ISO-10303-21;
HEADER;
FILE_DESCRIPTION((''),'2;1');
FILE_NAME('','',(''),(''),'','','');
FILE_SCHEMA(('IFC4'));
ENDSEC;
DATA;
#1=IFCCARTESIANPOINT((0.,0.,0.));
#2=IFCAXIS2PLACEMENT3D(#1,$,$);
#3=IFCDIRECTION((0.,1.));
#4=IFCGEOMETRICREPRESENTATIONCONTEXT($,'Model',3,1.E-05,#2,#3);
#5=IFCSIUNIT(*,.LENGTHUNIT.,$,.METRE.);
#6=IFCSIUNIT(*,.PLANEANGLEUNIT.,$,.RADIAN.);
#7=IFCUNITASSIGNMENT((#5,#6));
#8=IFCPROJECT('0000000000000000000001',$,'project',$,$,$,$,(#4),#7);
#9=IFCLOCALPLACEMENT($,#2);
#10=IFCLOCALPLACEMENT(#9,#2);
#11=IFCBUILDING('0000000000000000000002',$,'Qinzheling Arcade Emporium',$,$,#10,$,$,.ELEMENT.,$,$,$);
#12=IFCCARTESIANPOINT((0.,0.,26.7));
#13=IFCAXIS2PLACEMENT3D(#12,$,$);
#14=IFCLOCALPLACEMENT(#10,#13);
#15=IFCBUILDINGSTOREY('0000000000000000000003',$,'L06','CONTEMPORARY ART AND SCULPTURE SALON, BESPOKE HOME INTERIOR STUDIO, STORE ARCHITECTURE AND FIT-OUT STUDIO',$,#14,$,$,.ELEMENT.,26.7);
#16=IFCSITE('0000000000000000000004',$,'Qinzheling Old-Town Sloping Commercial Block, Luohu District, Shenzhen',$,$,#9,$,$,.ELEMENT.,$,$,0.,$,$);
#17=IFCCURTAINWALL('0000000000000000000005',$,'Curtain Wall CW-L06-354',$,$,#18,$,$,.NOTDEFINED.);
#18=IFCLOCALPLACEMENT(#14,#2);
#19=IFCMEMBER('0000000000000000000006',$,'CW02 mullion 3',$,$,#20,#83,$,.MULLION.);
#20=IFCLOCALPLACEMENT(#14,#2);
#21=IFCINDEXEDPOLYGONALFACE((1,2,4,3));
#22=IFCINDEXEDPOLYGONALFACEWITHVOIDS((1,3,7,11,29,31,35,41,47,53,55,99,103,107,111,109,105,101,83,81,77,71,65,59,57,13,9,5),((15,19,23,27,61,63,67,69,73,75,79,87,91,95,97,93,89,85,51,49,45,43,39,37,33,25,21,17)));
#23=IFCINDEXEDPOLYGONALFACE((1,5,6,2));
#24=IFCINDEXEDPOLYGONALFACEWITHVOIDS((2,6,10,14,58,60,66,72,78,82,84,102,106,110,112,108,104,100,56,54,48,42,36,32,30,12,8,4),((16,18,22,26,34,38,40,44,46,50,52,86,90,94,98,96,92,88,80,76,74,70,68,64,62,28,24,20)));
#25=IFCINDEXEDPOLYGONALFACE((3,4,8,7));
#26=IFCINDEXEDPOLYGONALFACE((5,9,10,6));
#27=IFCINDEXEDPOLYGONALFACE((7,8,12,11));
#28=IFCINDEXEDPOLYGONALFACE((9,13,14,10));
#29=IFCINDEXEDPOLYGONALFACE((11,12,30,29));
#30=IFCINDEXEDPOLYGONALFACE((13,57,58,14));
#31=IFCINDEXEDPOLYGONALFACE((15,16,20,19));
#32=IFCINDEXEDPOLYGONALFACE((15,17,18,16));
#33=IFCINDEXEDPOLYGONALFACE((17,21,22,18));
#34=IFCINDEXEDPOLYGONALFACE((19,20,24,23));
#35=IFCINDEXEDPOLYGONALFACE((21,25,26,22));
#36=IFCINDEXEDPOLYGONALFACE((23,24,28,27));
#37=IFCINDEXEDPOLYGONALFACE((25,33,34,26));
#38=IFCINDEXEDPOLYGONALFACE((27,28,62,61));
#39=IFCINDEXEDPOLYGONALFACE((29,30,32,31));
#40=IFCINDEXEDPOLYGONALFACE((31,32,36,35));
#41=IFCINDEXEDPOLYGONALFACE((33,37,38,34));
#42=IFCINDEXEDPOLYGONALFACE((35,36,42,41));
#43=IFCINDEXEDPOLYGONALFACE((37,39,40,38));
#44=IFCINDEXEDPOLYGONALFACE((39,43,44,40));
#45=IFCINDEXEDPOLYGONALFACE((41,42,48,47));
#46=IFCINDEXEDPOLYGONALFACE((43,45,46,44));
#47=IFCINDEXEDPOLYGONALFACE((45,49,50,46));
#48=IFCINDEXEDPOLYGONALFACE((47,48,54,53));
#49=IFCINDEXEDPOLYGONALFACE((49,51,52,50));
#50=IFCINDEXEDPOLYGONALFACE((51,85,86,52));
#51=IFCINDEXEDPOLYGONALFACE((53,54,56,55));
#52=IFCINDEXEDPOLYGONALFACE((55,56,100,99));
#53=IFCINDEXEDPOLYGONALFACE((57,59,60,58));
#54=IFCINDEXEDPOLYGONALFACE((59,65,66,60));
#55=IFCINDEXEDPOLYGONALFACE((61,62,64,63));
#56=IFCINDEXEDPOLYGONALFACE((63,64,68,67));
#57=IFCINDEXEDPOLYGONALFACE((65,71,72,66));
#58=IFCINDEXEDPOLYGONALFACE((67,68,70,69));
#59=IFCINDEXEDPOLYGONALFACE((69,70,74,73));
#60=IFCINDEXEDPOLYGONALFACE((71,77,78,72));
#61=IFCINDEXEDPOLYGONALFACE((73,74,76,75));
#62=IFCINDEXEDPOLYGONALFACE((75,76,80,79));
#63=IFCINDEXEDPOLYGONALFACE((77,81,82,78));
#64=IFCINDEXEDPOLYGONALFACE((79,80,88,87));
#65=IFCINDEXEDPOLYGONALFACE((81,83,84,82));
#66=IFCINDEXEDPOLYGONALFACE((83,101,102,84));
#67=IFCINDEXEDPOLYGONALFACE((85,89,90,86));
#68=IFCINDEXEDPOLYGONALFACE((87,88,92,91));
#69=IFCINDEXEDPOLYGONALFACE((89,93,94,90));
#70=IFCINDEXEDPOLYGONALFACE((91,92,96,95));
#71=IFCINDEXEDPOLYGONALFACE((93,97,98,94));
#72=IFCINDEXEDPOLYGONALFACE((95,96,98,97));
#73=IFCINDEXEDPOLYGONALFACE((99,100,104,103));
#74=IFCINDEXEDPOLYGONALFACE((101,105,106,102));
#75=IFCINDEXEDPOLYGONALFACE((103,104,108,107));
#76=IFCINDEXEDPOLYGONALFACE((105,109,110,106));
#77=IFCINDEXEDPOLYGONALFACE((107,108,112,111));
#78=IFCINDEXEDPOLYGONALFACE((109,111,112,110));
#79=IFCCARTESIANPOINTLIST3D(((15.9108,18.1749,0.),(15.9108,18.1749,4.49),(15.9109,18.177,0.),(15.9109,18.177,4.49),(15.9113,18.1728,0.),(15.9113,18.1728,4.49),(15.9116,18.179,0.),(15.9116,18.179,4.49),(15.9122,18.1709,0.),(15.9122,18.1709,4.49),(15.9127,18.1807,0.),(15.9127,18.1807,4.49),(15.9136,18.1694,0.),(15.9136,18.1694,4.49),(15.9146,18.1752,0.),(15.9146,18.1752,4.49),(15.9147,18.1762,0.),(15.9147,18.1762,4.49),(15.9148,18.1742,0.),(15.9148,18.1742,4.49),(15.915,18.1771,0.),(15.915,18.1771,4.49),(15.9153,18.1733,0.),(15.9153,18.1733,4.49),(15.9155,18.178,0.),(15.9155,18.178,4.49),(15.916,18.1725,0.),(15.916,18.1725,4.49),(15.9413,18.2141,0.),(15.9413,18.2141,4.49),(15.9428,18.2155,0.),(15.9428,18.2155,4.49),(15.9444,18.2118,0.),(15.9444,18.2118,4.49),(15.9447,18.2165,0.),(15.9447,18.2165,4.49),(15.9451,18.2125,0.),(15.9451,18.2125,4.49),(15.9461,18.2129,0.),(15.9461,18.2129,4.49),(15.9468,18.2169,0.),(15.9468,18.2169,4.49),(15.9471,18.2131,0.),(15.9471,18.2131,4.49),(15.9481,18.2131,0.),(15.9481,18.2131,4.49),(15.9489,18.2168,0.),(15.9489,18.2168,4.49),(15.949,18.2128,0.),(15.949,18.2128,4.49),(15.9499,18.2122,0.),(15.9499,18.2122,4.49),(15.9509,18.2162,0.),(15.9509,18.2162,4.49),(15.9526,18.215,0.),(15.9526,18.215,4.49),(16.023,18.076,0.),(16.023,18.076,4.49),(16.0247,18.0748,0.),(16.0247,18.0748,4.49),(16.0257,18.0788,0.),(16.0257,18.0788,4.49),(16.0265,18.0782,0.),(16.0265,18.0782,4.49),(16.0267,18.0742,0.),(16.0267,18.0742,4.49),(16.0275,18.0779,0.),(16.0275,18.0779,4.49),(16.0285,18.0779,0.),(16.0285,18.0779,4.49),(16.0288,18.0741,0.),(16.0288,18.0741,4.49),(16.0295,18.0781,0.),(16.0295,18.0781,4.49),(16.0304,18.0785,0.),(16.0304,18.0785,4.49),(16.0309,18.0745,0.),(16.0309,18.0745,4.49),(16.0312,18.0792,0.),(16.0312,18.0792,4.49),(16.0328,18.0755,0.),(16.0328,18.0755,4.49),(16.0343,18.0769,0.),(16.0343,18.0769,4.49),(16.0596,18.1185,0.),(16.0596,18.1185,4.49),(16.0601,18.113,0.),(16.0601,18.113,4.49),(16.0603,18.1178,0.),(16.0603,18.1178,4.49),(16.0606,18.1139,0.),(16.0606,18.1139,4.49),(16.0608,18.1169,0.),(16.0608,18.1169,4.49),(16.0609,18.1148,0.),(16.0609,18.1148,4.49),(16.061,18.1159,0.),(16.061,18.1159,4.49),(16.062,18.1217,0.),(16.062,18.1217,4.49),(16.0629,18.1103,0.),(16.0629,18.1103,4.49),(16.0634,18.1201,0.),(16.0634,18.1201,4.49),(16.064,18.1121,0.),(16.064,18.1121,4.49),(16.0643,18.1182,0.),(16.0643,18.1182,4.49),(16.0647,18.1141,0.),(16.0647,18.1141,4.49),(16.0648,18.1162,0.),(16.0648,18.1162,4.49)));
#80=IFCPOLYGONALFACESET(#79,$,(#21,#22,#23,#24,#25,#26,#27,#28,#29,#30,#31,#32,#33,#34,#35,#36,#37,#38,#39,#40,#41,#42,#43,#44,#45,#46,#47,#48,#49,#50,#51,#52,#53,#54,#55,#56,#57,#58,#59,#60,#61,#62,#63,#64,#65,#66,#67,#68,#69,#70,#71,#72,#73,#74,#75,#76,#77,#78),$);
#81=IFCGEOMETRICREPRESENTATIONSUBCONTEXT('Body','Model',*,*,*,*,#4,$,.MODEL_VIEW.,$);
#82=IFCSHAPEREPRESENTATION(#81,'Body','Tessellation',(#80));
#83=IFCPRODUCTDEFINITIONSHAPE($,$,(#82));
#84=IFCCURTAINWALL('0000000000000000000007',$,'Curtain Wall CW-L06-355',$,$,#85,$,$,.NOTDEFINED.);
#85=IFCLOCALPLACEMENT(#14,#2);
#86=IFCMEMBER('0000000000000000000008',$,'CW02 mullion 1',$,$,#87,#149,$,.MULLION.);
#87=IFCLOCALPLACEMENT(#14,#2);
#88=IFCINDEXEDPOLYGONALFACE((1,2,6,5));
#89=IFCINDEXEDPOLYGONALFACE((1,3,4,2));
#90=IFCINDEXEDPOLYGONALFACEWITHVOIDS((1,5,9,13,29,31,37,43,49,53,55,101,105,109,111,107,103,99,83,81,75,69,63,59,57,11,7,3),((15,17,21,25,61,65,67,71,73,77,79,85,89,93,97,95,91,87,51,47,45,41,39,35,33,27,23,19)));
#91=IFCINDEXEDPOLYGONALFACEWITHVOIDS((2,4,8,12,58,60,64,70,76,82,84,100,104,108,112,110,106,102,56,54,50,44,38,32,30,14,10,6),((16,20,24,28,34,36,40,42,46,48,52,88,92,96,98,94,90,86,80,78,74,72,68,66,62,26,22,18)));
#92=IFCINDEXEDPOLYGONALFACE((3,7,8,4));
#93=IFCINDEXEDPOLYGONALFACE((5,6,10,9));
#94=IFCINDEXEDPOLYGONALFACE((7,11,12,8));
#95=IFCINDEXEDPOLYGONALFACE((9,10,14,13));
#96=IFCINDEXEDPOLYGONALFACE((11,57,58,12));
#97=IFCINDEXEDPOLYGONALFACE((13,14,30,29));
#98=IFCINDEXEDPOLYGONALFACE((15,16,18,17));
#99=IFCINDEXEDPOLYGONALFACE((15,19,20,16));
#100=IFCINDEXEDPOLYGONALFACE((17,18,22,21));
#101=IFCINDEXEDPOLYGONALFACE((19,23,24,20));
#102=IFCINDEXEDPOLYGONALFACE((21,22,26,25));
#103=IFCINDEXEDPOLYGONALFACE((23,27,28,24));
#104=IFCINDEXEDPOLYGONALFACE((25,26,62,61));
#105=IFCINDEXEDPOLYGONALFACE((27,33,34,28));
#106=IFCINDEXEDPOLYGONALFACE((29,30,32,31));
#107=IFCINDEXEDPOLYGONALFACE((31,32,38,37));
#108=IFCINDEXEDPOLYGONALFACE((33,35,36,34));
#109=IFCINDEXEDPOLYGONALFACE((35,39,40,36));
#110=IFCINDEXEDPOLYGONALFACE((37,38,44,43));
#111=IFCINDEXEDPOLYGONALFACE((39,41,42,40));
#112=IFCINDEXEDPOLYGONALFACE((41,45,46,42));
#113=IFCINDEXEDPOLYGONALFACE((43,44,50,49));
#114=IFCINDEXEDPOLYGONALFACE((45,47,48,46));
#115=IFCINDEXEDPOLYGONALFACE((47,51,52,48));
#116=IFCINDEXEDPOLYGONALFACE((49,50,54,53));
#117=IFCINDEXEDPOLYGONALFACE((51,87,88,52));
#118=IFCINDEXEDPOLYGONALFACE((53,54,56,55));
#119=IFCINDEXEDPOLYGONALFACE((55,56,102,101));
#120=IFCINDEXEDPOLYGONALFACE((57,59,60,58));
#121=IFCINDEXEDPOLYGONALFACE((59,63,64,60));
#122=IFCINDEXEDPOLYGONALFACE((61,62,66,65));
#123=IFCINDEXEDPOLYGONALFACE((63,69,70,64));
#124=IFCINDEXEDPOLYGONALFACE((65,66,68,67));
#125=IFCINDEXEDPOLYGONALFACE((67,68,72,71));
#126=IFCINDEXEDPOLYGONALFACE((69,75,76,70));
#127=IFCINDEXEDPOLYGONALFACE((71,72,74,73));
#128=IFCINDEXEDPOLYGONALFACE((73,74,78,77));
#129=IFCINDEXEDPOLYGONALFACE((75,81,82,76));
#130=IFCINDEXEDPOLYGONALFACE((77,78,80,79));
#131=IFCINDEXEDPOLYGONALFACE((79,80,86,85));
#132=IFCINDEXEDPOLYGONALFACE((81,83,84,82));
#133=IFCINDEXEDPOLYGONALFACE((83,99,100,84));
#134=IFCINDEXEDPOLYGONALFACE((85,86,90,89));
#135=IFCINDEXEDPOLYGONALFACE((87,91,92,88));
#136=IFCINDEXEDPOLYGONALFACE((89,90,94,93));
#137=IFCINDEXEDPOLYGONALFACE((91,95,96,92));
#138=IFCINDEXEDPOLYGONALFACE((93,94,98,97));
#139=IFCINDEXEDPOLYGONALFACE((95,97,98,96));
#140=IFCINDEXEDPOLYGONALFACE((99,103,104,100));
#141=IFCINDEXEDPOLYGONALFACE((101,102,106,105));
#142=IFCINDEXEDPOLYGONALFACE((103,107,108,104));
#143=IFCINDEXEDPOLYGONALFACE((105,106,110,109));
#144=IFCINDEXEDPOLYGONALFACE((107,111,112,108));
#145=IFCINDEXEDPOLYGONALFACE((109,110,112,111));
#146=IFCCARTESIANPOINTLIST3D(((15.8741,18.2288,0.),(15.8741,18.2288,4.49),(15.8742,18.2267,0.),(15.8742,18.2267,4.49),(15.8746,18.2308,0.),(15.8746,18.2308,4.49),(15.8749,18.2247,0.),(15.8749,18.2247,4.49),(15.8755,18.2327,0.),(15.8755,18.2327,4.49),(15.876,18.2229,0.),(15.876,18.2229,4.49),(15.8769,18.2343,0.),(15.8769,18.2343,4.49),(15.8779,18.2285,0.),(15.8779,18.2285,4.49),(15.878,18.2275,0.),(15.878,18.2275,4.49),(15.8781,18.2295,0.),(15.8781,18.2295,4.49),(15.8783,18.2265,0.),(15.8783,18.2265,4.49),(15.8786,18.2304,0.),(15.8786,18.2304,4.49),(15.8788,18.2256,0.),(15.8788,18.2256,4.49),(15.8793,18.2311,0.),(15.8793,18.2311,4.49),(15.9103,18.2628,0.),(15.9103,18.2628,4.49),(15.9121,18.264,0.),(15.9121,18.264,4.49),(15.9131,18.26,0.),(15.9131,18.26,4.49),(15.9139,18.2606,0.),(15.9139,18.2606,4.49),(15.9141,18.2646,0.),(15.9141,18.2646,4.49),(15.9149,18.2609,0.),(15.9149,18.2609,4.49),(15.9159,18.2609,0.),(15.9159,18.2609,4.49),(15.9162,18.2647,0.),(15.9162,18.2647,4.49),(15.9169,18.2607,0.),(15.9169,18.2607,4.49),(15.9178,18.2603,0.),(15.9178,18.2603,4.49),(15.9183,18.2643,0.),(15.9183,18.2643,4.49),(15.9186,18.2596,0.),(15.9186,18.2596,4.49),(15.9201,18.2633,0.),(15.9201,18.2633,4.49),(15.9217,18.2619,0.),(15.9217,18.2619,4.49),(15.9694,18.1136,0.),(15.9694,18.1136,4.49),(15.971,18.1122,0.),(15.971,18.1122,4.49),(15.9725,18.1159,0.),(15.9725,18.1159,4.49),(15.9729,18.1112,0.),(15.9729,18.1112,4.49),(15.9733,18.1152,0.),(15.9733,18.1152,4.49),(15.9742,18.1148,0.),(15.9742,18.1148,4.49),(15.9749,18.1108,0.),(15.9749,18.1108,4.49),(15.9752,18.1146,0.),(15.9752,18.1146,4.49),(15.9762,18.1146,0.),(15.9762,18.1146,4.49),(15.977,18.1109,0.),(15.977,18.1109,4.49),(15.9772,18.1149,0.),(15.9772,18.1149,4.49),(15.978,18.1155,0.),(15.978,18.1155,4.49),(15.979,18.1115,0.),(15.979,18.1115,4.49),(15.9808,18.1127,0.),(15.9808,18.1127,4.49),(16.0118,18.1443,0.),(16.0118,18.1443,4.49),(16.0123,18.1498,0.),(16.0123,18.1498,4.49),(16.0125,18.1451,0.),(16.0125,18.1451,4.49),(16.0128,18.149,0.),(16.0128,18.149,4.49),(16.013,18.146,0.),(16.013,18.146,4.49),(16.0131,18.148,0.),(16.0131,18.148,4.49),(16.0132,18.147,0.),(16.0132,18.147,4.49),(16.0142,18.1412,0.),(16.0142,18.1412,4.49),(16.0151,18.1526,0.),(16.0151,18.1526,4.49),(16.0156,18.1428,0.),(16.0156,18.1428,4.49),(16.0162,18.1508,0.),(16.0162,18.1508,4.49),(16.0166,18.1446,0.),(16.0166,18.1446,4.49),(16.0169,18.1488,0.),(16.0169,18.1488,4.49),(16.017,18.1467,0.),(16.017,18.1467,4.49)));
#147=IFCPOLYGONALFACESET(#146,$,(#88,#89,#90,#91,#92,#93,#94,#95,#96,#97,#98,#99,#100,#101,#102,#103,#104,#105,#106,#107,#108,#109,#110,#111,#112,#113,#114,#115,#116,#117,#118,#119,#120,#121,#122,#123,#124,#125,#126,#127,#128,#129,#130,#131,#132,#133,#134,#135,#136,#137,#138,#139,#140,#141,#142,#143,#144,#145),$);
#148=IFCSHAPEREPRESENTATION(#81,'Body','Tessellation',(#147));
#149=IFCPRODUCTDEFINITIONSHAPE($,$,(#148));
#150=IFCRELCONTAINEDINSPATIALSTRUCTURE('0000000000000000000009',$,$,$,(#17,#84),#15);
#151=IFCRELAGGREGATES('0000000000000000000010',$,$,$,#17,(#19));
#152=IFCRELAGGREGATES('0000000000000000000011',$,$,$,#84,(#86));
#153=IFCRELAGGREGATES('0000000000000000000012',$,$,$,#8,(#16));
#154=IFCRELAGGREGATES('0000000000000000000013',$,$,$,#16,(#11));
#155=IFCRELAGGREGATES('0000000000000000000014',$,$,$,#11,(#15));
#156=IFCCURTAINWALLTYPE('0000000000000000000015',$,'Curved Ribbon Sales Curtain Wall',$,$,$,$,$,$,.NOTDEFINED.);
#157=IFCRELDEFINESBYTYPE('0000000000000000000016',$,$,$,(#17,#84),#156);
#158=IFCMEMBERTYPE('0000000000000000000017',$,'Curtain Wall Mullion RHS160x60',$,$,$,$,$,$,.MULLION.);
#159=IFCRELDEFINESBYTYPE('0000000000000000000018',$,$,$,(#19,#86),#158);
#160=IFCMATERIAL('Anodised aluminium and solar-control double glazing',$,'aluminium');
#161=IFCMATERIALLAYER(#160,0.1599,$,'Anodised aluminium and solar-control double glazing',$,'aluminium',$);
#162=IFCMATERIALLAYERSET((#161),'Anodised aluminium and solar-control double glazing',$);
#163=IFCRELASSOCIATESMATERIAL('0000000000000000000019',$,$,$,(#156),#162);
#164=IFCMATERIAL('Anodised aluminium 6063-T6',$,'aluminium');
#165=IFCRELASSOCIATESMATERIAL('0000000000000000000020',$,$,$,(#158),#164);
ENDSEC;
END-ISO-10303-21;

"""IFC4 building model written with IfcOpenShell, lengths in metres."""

from ifc_helpers import new_model, si_unit, direction, frame, origin, origin_2d, place, context, subcontext, project, spatial, hollow_rectangle, extrude, material, layer, layer_set, material_profile, profile_set, type_object, element, aggregate, save


model = new_model("IFC4")

# Units and contexts
model_context = context("Model", 3, precision=1e-05, world=origin(), true_north=direction((0.0, 1.0)))
body_context = subcontext(model_context, "Body", "Model", "MODEL_VIEW")
ifc_project = project(units=[si_unit("LENGTHUNIT", "METRE"), si_unit("PLANEANGLEUNIT", "RADIAN")], contexts=[model_context])

# Site, building, storey
site_placement = place(None, origin())
site = spatial("IfcSite", under=ifc_project, at=site_placement, Name="Qinzheling Old-Town Sloping Commercial Block, Luohu District, Shenzhen", CompositionType="ELEMENT", RefElevation=0.0)
building_placement = place(site_placement, origin())
building = spatial("IfcBuilding", under=site, at=building_placement, Name="Qinzheling Arcade Emporium", CompositionType="ELEMENT")
storey_placement = place(building_placement, frame((0.0, 0.0, 26.7)))
storey = spatial("IfcBuildingStorey", under=building, at=storey_placement, Name="L06", Description="CONTEMPORARY ART AND SCULPTURE SALON, BESPOKE HOME INTERIOR STUDIO, STORE ARCHITECTURE AND FIT-OUT STUDIO", CompositionType="ELEMENT", Elevation=26.7)

# Curtain walls, members
ifc_material_1 = material(Name="Anodised aluminium and solar-control double glazing", Category="aluminium")
ifc_layer_1 = layer(ifc_material_1, 0.1599, Name="Anodised aluminium and solar-control double glazing", Category="aluminium")
ifc_layer_set_1 = layer_set([ifc_layer_1], Name="Anodised aluminium and solar-control double glazing")
curtain_wall_type = type_object("IfcCurtainWallType", Name="Curved Ribbon Sales Curtain Wall", PredefinedType="NOTDEFINED", material=ifc_layer_set_1)
curtain_wall_1_placement = place(storey_placement, origin())
curtain_wall_1 = element("IfcCurtainWall", 1, at=curtain_wall_1_placement, inside=storey, type_object=curtain_wall_type, Name="Curtain Wall CW-L06-354", PredefinedType="NOTDEFINED")
ifc_material_2 = material(Name="Anodised aluminium 6063-T6", Category="aluminium")
ifc_material_profile_1 = material_profile(ifc_material_2, hollow_rectangle(XDim=0.0601, YDim=0.1599, WallThickness=0.0039, InnerFilletRadius=0.0039, OuterFilletRadius=0.0081, at=origin_2d()), Name="RHS 160x60x4", Category="aluminium")
ifc_profile_set_1 = profile_set([ifc_material_profile_1], Name="Anodised aluminium 6063-T6")
member_type_1 = type_object("IfcMemberType", Name="Curtain Wall Mullion RHS160x60", PredefinedType="MULLION", material=ifc_profile_set_1)
member_1_placement = place(storey_placement, frame((15.9878, 18.1455, 0.0), z_axis=(0.0, 0.0, 1.0), x_axis=(-0.649409, -0.760439, 0.0)))
member_1 = element("IfcMember", 2, at=member_1_placement, type_object=member_type_1, Name="CW02 mullion 3", PredefinedType="MULLION", context=body_context, shape_type="SweptSolid", body=[
    extrude(hollow_rectangle(XDim=0.0601, YDim=0.1599, WallThickness=0.0039, InnerFilletRadius=0.0039, OuterFilletRadius=0.0081, at=origin_2d()), origin(), (0.0, 0.0, 1.0), 4.49),
])
curtain_wall_2_placement = place(storey_placement, origin())
curtain_wall_2 = element("IfcCurtainWall", 3, at=curtain_wall_2_placement, inside=storey, type_object=curtain_wall_type, Name="Curtain Wall CW-L06-355", PredefinedType="NOTDEFINED")
member_2_placement = place(storey_placement, frame((15.9456, 18.1877, 0.0), z_axis=(0.0, 0.0, 1.0), x_axis=(-0.760439, -0.649409, 0.0)))
member_2 = element("IfcMember", 4, at=member_2_placement, type_object=member_type_1, Name="CW02 mullion 1", PredefinedType="MULLION", context=body_context, shape_type="SweptSolid", body=[
    extrude(hollow_rectangle(XDim=0.0601, YDim=0.1599, WallThickness=0.0039, InnerFilletRadius=0.0039, OuterFilletRadius=0.0081, at=origin_2d()), origin(), (0.0, 0.0, 1.0), 4.49),
])

aggregate(curtain_wall_1, [member_1])
aggregate(curtain_wall_2, [member_2])

save(model, "model.ifc")
